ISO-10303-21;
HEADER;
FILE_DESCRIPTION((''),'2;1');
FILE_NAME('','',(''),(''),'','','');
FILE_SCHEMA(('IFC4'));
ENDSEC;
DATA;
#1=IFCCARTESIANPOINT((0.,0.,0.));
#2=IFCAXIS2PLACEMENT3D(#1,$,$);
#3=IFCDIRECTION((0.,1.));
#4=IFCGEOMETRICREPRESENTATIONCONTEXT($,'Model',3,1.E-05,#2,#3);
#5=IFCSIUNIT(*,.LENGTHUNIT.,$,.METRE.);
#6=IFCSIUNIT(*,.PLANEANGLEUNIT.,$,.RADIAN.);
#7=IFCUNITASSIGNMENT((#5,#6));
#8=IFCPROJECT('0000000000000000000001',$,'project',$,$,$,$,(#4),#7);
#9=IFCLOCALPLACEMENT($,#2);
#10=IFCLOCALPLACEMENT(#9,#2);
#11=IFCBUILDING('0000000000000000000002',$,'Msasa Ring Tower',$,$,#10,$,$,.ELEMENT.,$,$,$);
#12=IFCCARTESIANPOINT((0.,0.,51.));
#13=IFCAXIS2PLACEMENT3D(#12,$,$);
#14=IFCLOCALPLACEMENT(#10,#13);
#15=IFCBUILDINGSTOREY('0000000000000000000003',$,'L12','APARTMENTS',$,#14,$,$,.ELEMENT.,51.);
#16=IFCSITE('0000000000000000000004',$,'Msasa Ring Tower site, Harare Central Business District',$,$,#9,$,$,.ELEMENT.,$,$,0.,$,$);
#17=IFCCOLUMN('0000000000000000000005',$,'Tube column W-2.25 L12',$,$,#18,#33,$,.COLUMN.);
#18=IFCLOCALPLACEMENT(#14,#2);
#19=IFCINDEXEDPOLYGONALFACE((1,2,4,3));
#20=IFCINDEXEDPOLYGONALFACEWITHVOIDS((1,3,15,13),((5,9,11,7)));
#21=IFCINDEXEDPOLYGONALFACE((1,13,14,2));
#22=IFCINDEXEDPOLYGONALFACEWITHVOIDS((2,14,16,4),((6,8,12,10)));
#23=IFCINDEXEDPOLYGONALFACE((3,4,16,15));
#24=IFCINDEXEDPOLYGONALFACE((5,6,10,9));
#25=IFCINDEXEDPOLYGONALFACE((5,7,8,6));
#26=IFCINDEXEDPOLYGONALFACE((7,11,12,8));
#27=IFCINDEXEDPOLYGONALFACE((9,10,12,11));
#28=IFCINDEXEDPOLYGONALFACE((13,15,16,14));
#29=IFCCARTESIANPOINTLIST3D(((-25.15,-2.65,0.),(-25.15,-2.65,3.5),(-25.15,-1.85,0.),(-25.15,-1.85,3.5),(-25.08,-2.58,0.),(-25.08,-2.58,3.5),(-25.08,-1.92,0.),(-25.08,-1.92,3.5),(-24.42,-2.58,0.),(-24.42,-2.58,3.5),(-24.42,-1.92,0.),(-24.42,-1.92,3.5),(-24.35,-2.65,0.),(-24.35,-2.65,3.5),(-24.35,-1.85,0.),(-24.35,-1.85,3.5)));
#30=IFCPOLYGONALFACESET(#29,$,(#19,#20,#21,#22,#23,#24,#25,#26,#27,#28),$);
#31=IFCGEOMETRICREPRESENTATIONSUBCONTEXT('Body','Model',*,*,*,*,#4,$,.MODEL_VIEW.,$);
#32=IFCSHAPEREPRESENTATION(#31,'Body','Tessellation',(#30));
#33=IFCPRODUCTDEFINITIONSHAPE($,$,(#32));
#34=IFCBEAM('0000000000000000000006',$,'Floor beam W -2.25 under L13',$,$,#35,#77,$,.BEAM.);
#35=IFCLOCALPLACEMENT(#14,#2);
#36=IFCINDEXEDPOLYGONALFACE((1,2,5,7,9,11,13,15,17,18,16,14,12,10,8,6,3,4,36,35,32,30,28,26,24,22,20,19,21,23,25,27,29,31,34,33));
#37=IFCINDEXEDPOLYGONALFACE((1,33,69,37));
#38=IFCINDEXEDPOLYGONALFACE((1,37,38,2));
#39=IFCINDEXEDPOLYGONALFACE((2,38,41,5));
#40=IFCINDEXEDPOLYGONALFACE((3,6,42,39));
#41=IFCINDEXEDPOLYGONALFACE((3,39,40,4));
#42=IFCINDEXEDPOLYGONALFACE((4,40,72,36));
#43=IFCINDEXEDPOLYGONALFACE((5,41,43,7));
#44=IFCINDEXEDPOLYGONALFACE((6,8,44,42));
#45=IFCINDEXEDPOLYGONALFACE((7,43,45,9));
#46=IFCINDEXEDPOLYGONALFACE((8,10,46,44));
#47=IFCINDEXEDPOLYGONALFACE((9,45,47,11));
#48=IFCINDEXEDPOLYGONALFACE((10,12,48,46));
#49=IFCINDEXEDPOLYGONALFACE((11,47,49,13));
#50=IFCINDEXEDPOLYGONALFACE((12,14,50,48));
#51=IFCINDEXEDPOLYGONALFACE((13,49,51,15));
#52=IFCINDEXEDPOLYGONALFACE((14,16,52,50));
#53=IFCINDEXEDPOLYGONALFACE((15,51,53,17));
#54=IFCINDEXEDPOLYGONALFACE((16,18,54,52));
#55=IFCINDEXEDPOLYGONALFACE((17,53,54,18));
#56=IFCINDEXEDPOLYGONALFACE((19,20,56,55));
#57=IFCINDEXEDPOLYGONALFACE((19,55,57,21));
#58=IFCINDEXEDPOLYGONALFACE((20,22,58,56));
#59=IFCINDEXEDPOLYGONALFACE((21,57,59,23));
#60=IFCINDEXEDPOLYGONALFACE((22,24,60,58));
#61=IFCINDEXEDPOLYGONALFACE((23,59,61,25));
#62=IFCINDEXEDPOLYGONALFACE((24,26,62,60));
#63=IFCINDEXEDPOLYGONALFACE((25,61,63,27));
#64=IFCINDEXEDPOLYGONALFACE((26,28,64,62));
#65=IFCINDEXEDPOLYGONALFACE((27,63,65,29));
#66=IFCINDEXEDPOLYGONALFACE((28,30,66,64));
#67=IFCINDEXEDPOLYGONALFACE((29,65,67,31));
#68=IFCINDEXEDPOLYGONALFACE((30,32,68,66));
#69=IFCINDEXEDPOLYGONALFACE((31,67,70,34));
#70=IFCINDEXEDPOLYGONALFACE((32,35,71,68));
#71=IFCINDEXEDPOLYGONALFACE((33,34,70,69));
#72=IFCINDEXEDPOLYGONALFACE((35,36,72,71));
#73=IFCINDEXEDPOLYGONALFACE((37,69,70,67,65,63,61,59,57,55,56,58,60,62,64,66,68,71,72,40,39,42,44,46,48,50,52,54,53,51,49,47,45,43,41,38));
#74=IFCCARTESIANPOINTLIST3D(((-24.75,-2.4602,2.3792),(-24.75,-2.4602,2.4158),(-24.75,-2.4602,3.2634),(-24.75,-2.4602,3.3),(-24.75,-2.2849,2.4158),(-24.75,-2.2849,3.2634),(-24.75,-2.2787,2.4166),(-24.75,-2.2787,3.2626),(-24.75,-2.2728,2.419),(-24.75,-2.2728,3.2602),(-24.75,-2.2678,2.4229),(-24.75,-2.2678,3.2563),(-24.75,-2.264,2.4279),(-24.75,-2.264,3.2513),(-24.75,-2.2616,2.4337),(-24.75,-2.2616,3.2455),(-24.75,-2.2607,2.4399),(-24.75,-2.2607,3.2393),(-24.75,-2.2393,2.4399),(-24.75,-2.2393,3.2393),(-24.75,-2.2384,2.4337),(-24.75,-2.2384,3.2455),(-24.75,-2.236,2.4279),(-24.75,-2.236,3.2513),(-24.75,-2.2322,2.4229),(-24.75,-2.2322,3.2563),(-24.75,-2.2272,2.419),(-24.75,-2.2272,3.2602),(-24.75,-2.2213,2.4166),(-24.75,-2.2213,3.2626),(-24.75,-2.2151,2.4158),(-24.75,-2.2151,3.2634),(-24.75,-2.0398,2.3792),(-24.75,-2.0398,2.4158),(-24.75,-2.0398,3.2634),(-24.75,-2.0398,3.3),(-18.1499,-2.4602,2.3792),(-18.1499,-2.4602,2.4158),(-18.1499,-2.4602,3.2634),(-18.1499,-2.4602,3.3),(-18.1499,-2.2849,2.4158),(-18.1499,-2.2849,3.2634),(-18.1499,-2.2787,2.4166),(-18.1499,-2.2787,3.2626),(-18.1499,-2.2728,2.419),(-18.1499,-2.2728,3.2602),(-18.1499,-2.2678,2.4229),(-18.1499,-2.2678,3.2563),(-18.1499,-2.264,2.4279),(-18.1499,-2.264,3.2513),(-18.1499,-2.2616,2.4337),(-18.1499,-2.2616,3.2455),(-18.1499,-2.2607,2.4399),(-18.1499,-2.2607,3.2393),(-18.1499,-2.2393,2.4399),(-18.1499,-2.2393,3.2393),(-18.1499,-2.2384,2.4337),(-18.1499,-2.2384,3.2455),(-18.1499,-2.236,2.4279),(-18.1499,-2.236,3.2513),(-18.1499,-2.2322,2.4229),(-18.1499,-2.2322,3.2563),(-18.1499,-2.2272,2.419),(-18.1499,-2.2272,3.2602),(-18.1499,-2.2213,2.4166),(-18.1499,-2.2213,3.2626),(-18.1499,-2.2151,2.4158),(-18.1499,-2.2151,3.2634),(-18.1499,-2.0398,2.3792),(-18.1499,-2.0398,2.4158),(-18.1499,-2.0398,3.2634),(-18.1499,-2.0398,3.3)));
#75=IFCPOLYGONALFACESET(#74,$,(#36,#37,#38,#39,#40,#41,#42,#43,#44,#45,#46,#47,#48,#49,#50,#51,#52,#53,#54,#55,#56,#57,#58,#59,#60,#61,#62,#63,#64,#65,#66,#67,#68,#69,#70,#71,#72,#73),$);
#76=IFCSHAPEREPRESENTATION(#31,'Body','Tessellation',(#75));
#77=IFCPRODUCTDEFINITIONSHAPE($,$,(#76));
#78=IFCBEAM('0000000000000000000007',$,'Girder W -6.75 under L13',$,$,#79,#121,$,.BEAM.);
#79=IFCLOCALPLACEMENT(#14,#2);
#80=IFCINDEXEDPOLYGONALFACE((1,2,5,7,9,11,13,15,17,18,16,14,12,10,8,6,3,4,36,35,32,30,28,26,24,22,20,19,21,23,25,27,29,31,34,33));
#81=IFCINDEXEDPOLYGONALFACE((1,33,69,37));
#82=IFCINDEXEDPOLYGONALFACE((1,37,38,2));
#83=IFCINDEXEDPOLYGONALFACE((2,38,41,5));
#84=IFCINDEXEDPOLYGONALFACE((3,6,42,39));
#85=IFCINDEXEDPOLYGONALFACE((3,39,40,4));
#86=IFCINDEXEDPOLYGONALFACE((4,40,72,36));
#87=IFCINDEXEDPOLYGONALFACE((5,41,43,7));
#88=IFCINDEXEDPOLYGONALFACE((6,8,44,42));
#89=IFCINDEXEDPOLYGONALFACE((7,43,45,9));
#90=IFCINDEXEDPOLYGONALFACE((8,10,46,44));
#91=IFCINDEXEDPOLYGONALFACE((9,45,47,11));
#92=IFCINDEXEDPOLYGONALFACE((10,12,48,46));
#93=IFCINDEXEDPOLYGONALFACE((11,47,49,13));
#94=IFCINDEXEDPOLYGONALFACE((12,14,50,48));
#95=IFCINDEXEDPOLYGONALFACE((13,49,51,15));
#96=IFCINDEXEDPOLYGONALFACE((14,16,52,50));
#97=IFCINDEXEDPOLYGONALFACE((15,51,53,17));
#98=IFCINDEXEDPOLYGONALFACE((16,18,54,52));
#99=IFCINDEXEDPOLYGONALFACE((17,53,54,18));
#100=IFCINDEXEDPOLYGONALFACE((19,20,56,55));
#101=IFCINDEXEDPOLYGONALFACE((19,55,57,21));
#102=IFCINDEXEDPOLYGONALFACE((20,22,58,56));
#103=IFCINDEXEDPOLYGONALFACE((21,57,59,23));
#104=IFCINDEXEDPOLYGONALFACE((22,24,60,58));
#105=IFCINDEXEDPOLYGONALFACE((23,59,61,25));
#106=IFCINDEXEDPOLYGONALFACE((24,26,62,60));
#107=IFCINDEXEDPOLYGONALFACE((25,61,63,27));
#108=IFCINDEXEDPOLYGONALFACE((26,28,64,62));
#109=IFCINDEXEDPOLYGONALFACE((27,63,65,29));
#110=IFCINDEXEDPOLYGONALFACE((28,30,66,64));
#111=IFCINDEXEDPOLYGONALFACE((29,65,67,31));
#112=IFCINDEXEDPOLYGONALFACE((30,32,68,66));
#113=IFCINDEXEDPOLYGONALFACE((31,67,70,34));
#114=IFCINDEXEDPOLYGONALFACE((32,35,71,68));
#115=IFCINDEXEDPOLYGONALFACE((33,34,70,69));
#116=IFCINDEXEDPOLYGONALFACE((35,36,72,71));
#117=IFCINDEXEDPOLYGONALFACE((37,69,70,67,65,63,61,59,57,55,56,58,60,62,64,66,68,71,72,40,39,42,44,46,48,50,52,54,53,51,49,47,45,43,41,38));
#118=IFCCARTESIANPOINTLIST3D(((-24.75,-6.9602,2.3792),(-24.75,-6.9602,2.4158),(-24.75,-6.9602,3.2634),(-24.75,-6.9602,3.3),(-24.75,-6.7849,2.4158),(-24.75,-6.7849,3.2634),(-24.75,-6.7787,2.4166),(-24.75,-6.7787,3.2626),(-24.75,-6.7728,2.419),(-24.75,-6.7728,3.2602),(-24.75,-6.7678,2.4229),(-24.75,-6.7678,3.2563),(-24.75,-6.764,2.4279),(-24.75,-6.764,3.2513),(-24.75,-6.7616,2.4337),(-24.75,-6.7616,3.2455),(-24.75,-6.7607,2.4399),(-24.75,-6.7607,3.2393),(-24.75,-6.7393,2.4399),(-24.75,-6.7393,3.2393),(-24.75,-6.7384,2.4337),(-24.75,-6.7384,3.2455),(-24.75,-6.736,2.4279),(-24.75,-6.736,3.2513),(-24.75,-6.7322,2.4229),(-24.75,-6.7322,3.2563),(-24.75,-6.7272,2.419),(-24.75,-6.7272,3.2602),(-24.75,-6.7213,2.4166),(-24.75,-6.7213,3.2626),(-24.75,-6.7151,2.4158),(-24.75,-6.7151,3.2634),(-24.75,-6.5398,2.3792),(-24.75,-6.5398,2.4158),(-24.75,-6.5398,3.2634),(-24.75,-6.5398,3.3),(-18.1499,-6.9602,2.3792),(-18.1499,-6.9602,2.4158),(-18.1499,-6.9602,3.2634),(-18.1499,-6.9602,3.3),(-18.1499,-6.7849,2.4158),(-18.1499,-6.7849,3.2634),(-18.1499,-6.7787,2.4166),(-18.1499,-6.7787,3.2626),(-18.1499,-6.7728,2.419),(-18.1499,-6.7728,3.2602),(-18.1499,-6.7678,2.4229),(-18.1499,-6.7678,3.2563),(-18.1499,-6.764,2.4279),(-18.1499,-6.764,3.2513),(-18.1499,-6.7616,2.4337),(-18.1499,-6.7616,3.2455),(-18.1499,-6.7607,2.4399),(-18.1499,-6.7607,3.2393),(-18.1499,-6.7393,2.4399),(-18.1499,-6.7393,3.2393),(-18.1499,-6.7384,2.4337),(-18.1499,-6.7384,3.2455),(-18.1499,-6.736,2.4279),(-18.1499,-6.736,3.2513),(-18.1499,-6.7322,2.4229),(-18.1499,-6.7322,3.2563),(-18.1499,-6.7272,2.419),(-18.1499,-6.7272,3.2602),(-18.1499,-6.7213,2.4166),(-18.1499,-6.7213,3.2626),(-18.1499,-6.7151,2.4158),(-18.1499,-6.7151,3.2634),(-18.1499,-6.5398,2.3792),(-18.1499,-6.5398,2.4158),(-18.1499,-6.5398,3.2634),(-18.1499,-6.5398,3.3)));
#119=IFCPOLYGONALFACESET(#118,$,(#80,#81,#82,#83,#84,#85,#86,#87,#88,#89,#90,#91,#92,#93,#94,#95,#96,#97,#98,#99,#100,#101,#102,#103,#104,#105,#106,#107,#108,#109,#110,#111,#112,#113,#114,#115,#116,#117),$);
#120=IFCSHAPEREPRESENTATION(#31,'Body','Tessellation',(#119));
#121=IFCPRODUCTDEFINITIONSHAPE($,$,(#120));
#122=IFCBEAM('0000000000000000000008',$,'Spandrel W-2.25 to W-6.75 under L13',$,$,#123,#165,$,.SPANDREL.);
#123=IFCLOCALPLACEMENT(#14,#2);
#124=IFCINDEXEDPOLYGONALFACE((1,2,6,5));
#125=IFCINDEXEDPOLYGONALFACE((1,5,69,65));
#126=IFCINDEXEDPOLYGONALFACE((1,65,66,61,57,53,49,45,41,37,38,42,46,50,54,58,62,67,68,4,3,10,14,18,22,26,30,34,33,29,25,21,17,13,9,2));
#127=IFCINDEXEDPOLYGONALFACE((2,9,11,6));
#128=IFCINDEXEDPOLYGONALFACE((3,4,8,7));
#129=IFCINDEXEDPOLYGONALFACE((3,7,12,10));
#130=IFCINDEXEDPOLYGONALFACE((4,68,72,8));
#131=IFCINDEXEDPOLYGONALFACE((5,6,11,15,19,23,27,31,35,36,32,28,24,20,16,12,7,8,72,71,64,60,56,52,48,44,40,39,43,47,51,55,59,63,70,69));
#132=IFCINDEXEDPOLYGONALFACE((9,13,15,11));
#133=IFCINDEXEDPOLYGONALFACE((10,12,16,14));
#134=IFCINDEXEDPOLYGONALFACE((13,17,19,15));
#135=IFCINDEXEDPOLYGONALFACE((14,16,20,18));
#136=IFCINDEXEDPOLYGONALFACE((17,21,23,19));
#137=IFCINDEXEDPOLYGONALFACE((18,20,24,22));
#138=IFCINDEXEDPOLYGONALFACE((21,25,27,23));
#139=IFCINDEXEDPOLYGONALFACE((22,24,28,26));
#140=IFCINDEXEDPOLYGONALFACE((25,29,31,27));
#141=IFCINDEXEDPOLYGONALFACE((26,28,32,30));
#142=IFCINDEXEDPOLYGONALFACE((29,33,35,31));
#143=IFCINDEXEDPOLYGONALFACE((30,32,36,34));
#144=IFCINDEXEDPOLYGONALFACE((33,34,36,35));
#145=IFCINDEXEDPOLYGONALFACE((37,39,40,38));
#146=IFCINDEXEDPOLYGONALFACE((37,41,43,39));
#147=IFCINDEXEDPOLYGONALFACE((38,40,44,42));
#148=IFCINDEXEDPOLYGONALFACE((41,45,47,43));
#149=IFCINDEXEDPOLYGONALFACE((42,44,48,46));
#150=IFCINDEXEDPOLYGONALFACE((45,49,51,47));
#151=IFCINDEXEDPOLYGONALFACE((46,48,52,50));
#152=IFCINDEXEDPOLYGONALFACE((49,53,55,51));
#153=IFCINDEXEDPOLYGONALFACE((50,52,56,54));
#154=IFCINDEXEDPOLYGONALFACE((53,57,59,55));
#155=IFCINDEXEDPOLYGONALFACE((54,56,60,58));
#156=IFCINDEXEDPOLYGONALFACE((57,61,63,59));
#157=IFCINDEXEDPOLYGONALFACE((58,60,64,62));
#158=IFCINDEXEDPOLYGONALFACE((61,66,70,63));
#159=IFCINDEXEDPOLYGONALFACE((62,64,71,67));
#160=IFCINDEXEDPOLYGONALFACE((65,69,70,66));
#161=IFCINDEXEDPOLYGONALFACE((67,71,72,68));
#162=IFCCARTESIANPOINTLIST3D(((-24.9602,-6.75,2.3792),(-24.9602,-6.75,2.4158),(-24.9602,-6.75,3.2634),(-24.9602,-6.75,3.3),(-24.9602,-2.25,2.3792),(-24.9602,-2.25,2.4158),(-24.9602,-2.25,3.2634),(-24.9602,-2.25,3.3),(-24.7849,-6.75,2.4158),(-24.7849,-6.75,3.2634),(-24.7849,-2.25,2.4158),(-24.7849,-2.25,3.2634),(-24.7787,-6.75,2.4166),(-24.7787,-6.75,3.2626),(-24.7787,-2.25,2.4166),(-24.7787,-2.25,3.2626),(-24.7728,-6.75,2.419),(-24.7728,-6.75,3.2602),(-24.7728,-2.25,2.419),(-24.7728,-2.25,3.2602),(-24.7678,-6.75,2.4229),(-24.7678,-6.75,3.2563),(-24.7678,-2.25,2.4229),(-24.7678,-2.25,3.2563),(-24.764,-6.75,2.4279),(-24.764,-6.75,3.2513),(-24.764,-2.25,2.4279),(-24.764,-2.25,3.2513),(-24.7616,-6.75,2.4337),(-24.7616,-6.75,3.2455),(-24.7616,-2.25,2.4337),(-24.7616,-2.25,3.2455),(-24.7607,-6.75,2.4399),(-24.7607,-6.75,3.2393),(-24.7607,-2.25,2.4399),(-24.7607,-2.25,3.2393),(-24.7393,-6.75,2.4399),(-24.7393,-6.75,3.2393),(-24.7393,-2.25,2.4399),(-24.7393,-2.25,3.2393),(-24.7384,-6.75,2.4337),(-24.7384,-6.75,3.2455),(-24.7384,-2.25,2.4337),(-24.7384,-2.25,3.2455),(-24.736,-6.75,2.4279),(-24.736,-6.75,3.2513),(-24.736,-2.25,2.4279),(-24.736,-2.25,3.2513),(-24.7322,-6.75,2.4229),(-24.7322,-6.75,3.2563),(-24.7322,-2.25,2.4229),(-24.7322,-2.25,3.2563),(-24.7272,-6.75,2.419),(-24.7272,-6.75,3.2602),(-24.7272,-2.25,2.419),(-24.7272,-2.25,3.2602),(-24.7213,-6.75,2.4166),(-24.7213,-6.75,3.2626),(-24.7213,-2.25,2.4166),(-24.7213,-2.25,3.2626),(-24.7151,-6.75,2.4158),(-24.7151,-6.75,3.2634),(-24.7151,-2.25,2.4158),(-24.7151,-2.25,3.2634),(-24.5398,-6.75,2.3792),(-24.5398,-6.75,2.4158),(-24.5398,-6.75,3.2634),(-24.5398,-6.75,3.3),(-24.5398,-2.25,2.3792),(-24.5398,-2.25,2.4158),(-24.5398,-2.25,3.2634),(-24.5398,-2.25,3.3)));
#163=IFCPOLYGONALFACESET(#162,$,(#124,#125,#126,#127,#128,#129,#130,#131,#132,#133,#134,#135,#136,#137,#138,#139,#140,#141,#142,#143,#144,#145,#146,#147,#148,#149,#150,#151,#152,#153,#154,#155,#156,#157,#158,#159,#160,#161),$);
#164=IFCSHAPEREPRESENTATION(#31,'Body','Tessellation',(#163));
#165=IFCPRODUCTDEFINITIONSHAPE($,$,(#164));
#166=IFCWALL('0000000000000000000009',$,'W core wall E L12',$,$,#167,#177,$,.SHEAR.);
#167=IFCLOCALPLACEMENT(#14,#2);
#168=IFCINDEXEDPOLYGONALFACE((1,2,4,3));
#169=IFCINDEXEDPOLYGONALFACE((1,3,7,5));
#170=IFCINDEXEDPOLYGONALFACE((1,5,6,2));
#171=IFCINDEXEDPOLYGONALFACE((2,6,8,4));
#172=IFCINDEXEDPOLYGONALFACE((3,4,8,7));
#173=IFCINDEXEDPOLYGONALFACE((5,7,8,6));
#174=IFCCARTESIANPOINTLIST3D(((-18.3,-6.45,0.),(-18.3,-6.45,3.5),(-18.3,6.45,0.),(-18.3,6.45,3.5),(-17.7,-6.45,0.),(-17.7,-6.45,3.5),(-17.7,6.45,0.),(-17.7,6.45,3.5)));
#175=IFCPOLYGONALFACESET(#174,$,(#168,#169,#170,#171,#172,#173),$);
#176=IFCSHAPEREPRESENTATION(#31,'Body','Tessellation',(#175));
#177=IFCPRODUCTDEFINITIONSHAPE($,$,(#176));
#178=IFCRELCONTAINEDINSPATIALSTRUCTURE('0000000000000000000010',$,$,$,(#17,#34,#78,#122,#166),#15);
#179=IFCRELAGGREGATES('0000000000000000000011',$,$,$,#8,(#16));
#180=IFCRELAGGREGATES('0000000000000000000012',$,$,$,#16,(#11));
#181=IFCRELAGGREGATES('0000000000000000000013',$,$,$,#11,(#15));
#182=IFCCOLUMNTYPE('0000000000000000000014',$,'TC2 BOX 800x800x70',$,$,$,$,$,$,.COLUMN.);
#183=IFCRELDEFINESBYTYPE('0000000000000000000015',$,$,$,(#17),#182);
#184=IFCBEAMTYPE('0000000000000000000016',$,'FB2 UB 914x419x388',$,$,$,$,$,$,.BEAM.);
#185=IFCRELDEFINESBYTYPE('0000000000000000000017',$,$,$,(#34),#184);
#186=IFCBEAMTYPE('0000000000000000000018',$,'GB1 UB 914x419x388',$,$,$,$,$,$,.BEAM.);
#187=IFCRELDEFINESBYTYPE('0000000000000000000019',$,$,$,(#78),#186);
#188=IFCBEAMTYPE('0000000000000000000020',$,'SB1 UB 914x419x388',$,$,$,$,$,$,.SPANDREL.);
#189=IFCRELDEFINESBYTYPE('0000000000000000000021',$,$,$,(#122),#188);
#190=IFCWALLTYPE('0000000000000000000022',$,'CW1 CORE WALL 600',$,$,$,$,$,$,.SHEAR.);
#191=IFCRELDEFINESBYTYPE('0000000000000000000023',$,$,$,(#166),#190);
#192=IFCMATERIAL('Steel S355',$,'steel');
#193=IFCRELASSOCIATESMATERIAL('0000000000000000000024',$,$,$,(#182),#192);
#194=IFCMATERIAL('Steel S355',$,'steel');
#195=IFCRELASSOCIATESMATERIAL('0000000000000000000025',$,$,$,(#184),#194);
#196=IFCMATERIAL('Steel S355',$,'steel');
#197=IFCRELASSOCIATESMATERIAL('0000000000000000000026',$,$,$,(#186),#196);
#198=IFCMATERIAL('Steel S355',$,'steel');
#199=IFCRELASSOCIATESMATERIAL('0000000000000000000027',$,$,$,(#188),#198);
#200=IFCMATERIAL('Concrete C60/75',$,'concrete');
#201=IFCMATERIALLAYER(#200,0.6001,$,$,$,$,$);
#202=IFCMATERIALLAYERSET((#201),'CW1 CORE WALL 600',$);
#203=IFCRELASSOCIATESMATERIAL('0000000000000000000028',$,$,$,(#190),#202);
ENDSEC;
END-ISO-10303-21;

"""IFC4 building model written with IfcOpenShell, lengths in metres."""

from ifc_helpers import new_model, si_unit, direction, frame, frame_2d, origin, origin_2d, place, context, subcontext, project, spatial, rectangle, hollow_rectangle, i_section, extrude, material, layer, layer_set, material_profile, profile_set, type_object, element, save


model = new_model("IFC4")

# Units and contexts
model_context = context("Model", 3, precision=1e-05, world=origin(), true_north=direction((0.0, 1.0)))
body_context = subcontext(model_context, "Body", "Model", "MODEL_VIEW")
ifc_project = project(units=[si_unit("LENGTHUNIT", "METRE"), si_unit("PLANEANGLEUNIT", "RADIAN")], contexts=[model_context])

# Site, building, storey
site_placement = place(None, origin())
site = spatial("IfcSite", under=ifc_project, at=site_placement, Name="Msasa Ring Tower site, Harare Central Business District", CompositionType="ELEMENT", RefElevation=0.0)
building_placement = place(site_placement, origin())
building = spatial("IfcBuilding", under=site, at=building_placement, Name="Msasa Ring Tower", CompositionType="ELEMENT")
storey_placement = place(building_placement, frame((0.0, 0.0, 51.0)))
storey = spatial("IfcBuildingStorey", under=building, at=storey_placement, Name="L12", Description="APARTMENTS", CompositionType="ELEMENT", Elevation=51.0)

# Column
ifc_material_1 = material(Name="Steel S355", Category="steel")
ifc_material_profile_1 = material_profile(ifc_material_1, hollow_rectangle(XDim=0.8, YDim=0.8, WallThickness=0.0701, at=origin_2d()), Name="BOX 800x800x70")
ifc_profile_set_1 = profile_set([ifc_material_profile_1], Name="Steel S355")
column_type = type_object("IfcColumnType", Name="TC2 BOX 800x800x70", PredefinedType="COLUMN", material=ifc_profile_set_1)
column_placement = place(storey_placement, frame((-24.75, -2.25, 0.0), z_axis=(0.0, 0.0, 1.0), x_axis=(1.0, 0.0, 0.0)))
element("IfcColumn", 1, at=column_placement, inside=storey, type_object=column_type, Name="Tube column W-2.25 L12", PredefinedType="COLUMN", context=body_context, shape_type="SweptSolid", body=[
    extrude(hollow_rectangle(XDim=0.8, YDim=0.8, WallThickness=0.0701, at=origin_2d()), origin(), (0.0, 0.0, 1.0), 3.5),
])

# Beams
ifc_material_2 = material(Name="Steel S355", Category="steel")
ifc_material_profile_2 = material_profile(ifc_material_2, i_section(OverallWidth=0.4204, OverallDepth=0.9209, WebThickness=0.0215, FlangeThickness=0.0366, FilletRadius=0.0242, at=origin_2d()), Name="UB 914x419x388")
ifc_profile_set_2 = profile_set([ifc_material_profile_2], Name="Steel S355")
beam_type_1 = type_object("IfcBeamType", Name="FB2 UB 914x419x388", PredefinedType="BEAM", material=ifc_profile_set_2)
beam_1_placement = place(storey_placement, frame((-24.75, -2.25, 2.8396), z_axis=(1.0, 0.0, 0.0), x_axis=(0.0, 1.0, 0.0)))
element("IfcBeam", 2, at=beam_1_placement, inside=storey, type_object=beam_type_1, Name="Floor beam W -2.25 under L13", PredefinedType="BEAM", context=body_context, shape_type="SweptSolid", body=[
    extrude(i_section(OverallWidth=0.4204, OverallDepth=0.9209, WebThickness=0.0215, FlangeThickness=0.0366, FilletRadius=0.0242, at=origin_2d()), origin(), (0.0, 0.0, 1.0), 6.6001),
])
ifc_material_3 = material(Name="Steel S355", Category="steel")
ifc_material_profile_3 = material_profile(ifc_material_3, i_section(OverallWidth=0.4204, OverallDepth=0.9209, WebThickness=0.0215, FlangeThickness=0.0366, FilletRadius=0.0242, at=origin_2d()), Name="UB 914x419x388")
ifc_profile_set_3 = profile_set([ifc_material_profile_3], Name="Steel S355")
beam_type_2 = type_object("IfcBeamType", Name="GB1 UB 914x419x388", PredefinedType="BEAM", material=ifc_profile_set_3)
beam_2_placement = place(storey_placement, frame((-18.1499, -6.75, 2.8396), z_axis=(-1.0, 0.0, 0.0), x_axis=(0.0, -1.0, 0.0)))
element("IfcBeam", 3, at=beam_2_placement, inside=storey, type_object=beam_type_2, Name="Girder W -6.75 under L13", PredefinedType="BEAM", context=body_context, shape_type="SweptSolid", body=[
    extrude(i_section(OverallWidth=0.4204, OverallDepth=0.9209, WebThickness=0.0215, FlangeThickness=0.0366, FilletRadius=0.0242, at=origin_2d()), origin(), (0.0, 0.0, 1.0), 6.6001),
])
ifc_material_4 = material(Name="Steel S355", Category="steel")
ifc_material_profile_4 = material_profile(ifc_material_4, i_section(OverallWidth=0.4204, OverallDepth=0.9209, WebThickness=0.0215, FlangeThickness=0.0366, FilletRadius=0.0242, at=origin_2d()), Name="UB 914x419x388")
ifc_profile_set_4 = profile_set([ifc_material_profile_4], Name="Steel S355")
beam_type_3 = type_object("IfcBeamType", Name="SB1 UB 914x419x388", PredefinedType="SPANDREL", material=ifc_profile_set_4)
beam_3_placement = place(storey_placement, frame((-24.75, -2.25, 2.8396), z_axis=(0.0, -1.0, 0.0), x_axis=(1.0, 0.0, 0.0)))
element("IfcBeam", 4, at=beam_3_placement, inside=storey, type_object=beam_type_3, Name="Spandrel W-2.25 to W-6.75 under L13", PredefinedType="SPANDREL", context=body_context, shape_type="SweptSolid", body=[
    extrude(i_section(OverallWidth=0.4204, OverallDepth=0.9209, WebThickness=0.0215, FlangeThickness=0.0366, FilletRadius=0.0242, at=origin_2d()), origin(), (0.0, 0.0, 1.0), 4.5),
])

# Wall
ifc_material_5 = material(Name="Concrete C60/75", Category="concrete")
ifc_layer_1 = layer(ifc_material_5, 0.6001)
ifc_layer_set_1 = layer_set([ifc_layer_1], Name="CW1 CORE WALL 600")
wall_type_1 = type_object("IfcWallType", Name="CW1 CORE WALL 600", PredefinedType="SHEAR", material=ifc_layer_set_1)
wall_1_placement = place(storey_placement, frame((-18.0, -6.45, 0.0), z_axis=(0.0, 0.0, 1.0), x_axis=(0.0, 1.0, 0.0)))
element("IfcWall", 5, at=wall_1_placement, inside=storey, type_object=wall_type_1, Name="W core wall E L12", PredefinedType="SHEAR", context=body_context, shape_type="SweptSolid", body=[
    extrude(rectangle(XDim=12.8999, YDim=0.6001, at=frame_2d((6.45, 0.0))), origin(), (0.0, 0.0, 1.0), 3.5),
])

save(model, "model.ifc")
